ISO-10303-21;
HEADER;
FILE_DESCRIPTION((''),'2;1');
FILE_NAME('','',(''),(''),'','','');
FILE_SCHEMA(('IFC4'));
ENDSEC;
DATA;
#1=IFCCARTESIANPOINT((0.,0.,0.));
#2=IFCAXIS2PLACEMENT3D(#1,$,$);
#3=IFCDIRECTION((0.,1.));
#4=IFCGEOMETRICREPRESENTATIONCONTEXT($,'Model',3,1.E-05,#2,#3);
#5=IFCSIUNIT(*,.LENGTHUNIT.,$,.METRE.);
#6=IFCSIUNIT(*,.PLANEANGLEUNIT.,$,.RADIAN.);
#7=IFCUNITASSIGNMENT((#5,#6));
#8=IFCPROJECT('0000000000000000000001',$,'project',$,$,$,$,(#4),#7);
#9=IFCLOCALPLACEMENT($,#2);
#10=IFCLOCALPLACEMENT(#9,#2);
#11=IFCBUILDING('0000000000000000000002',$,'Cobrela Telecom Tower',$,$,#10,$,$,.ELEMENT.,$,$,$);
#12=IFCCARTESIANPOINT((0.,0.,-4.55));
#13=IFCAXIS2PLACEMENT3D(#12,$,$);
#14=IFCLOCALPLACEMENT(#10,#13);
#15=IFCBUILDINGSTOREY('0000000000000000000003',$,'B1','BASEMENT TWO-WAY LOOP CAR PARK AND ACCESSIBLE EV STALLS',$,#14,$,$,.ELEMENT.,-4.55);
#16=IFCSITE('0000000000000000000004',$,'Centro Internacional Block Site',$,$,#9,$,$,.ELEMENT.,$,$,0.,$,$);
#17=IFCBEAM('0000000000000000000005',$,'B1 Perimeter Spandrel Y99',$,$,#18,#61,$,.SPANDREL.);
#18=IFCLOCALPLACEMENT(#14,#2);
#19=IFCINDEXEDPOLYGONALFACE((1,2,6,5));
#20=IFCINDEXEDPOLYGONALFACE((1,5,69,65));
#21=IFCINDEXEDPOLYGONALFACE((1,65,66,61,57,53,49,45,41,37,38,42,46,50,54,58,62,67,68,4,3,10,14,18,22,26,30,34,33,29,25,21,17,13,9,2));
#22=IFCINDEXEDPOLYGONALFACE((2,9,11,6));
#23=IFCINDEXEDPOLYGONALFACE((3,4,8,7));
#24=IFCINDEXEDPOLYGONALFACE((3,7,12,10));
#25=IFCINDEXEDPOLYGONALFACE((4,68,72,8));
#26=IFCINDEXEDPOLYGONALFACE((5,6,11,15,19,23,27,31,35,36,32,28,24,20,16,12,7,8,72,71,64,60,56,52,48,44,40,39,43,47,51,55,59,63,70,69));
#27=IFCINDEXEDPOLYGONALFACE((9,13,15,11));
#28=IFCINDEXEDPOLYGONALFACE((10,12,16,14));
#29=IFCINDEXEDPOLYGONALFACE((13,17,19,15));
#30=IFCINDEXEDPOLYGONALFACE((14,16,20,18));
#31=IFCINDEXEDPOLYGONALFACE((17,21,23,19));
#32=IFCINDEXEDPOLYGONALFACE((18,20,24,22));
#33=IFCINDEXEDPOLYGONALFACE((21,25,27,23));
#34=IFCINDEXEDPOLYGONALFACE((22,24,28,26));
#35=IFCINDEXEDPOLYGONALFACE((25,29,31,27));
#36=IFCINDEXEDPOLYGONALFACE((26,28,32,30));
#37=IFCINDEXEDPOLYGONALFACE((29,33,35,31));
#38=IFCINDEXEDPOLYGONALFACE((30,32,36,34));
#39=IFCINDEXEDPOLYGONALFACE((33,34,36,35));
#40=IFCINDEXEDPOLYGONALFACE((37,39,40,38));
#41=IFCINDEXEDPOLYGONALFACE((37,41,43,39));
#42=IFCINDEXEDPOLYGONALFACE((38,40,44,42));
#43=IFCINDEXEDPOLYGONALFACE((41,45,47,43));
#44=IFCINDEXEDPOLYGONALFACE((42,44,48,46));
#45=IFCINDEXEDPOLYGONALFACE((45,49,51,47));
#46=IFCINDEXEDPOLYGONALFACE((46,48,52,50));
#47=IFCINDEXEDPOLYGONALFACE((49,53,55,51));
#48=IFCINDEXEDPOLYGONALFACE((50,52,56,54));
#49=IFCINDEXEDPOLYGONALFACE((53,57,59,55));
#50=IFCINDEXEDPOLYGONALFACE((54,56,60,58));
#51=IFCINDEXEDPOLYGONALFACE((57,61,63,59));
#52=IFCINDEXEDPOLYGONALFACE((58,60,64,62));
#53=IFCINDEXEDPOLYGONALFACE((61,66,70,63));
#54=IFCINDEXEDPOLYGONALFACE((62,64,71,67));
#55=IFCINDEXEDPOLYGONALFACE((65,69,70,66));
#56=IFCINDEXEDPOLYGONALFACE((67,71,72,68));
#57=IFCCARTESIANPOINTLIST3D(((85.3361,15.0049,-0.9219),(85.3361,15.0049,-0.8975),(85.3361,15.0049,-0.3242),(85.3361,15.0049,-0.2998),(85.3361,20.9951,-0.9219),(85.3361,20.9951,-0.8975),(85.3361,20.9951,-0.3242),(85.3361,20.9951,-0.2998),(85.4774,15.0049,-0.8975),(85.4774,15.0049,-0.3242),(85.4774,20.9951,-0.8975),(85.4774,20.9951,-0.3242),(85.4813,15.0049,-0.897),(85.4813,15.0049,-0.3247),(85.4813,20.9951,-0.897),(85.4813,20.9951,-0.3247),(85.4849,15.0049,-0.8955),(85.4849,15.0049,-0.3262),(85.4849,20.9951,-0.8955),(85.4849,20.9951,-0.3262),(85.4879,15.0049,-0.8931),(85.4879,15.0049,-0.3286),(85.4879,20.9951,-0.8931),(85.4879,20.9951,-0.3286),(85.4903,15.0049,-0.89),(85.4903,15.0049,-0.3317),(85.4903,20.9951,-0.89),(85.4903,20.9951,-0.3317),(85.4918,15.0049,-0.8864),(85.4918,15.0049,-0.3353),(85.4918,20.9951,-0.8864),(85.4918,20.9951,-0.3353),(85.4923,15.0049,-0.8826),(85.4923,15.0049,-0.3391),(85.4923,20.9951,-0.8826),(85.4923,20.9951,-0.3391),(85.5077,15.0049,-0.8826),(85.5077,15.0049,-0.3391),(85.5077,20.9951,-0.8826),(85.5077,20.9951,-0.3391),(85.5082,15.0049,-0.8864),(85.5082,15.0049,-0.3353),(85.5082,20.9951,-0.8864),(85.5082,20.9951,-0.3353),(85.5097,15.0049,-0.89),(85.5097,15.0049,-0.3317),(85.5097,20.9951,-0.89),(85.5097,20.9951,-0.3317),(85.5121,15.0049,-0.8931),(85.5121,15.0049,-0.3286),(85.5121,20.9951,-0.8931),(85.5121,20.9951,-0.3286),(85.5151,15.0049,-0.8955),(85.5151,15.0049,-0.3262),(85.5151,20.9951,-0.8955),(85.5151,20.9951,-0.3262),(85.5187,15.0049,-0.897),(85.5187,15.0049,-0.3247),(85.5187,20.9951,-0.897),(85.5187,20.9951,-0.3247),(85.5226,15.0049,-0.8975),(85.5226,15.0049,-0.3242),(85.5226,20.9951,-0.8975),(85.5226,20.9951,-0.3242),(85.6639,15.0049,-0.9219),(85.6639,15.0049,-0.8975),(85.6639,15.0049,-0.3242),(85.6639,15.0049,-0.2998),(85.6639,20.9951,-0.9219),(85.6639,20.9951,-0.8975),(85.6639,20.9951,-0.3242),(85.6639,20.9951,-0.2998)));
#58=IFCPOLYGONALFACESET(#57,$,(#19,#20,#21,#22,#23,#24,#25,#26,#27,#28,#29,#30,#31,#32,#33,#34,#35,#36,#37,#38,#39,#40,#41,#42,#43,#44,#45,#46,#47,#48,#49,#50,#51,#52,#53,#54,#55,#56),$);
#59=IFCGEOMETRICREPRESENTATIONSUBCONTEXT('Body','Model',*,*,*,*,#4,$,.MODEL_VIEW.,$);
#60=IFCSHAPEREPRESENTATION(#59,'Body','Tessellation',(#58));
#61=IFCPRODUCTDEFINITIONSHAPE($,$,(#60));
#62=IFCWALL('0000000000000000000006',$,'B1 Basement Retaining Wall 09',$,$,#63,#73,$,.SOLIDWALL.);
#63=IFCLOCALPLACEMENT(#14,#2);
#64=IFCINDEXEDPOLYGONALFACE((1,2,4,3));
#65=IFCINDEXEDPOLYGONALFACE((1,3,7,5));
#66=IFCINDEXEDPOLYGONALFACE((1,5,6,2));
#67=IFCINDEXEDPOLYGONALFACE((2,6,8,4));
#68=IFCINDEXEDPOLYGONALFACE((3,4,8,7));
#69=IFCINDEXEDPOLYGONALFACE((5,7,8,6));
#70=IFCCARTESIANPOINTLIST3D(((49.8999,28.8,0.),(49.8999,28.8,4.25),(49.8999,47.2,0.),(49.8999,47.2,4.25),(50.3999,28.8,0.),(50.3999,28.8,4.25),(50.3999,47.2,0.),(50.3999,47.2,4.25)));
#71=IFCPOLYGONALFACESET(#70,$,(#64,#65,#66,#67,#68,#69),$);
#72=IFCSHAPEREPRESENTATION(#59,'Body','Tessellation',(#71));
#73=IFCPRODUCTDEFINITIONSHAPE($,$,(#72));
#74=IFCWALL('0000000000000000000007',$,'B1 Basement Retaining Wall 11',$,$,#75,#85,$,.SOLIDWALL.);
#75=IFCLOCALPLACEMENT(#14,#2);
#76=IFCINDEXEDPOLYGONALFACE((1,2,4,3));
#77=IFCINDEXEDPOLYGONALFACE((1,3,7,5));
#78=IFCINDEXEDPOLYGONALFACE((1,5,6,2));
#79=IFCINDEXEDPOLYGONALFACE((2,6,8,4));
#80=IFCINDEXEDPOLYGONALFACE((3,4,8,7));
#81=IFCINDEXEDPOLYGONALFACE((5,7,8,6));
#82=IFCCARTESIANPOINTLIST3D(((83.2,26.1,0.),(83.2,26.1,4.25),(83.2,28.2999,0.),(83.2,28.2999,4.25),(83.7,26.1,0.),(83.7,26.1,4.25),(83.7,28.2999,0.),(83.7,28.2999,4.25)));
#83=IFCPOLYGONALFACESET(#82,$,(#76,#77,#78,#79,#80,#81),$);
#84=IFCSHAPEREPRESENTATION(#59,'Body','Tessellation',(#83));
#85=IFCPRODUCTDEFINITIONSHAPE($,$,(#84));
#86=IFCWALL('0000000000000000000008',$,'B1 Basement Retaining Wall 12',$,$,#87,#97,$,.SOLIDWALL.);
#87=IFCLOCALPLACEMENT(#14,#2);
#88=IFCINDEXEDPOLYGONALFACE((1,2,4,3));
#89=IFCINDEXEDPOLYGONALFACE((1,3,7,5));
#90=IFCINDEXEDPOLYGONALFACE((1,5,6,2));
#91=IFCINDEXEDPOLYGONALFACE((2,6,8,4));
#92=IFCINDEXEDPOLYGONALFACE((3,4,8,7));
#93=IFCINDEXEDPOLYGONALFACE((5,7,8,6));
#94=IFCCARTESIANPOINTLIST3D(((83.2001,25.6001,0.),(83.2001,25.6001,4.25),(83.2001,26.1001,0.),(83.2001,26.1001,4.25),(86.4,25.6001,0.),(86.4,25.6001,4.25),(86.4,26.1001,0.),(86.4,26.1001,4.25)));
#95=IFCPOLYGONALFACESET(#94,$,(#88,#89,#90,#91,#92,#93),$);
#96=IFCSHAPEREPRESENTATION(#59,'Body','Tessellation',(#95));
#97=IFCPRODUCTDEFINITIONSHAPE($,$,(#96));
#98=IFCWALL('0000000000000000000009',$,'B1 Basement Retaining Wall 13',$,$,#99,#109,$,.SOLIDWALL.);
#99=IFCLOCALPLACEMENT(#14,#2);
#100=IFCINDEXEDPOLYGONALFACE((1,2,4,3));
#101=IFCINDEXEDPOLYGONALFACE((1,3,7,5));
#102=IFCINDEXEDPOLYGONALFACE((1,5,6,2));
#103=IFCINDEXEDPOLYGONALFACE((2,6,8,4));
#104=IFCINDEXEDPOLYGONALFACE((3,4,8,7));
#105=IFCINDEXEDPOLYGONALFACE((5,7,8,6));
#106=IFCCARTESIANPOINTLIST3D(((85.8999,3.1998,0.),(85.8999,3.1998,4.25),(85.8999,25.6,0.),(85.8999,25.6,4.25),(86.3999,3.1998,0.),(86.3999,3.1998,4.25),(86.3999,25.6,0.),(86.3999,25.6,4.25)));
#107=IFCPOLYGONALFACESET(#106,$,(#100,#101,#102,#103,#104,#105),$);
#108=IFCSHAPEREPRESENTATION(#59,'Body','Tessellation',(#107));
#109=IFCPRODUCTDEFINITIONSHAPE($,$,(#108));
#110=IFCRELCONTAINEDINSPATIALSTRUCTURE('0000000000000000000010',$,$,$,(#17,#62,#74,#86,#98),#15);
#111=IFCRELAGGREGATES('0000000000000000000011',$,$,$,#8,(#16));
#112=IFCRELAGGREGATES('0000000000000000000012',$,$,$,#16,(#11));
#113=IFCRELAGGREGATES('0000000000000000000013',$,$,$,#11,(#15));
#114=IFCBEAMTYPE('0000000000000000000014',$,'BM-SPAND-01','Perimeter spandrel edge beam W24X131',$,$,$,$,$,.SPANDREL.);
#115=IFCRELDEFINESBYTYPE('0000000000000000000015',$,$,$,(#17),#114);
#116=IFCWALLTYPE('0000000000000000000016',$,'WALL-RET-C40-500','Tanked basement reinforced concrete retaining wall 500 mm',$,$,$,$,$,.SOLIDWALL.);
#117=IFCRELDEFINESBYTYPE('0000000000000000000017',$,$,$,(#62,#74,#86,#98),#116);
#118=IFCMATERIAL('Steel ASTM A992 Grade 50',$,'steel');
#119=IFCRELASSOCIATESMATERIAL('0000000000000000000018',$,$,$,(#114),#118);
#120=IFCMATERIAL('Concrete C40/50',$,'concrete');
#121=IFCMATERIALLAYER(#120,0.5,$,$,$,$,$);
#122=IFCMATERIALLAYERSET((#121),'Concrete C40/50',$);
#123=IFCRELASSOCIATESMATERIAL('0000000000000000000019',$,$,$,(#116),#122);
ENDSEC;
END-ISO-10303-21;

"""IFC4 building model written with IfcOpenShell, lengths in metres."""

from ifc_helpers import new_model, si_unit, direction, frame, frame_2d, origin, origin_2d, place, context, subcontext, project, spatial, rectangle, i_section, extrude, material, layer, layer_set, material_profile, profile_set, type_object, element, save


model = new_model("IFC4")

# Units and contexts
model_context = context("Model", 3, precision=1e-05, world=origin(), true_north=direction((0.0, 1.0)))
body_context = subcontext(model_context, "Body", "Model", "MODEL_VIEW")
ifc_project = project(units=[si_unit("LENGTHUNIT", "METRE"), si_unit("PLANEANGLEUNIT", "RADIAN")], contexts=[model_context])

# Site, building, storey
site_placement = place(None, origin())
site = spatial("IfcSite", under=ifc_project, at=site_placement, Name="Centro Internacional Block Site", CompositionType="ELEMENT", RefElevation=0.0)
building_placement = place(site_placement, origin())
building = spatial("IfcBuilding", under=site, at=building_placement, Name="Cobrela Telecom Tower", CompositionType="ELEMENT")
storey_placement = place(building_placement, frame((0.0, 0.0, -4.55)))
storey = spatial("IfcBuildingStorey", under=building, at=storey_placement, Name="B1", Description="BASEMENT TWO-WAY LOOP CAR PARK AND ACCESSIBLE EV STALLS", CompositionType="ELEMENT", Elevation=-4.55)

# Beam
ifc_material_1 = material(Name="Steel ASTM A992 Grade 50", Category="steel")
ifc_material_profile_1 = material_profile(ifc_material_1, i_section(OverallWidth=0.3279, OverallDepth=0.6221, WebThickness=0.0154, FlangeThickness=0.0244, FilletRadius=0.0149, at=origin_2d()), Name="W24X131")
ifc_profile_set_1 = profile_set([ifc_material_profile_1], Name="Steel ASTM A992 Grade 50")
beam_type_1 = type_object("IfcBeamType", Name="BM-SPAND-01", Description="Perimeter spandrel edge beam W24X131", PredefinedType="SPANDREL", material=ifc_profile_set_1)
beam_1_placement = place(storey_placement, frame((85.5, 15.0049, -0.6108), z_axis=(0.0, 1.0, 0.0), x_axis=(-1.0, 0.0, 0.0)))
element("IfcBeam", 1, at=beam_1_placement, inside=storey, type_object=beam_type_1, Name="B1 Perimeter Spandrel Y99", PredefinedType="SPANDREL", context=body_context, shape_type="SweptSolid", body=[
    extrude(i_section(OverallWidth=0.3279, OverallDepth=0.6221, WebThickness=0.0154, FlangeThickness=0.0244, FilletRadius=0.0149, at=origin_2d()), origin(), (0.0, 0.0, 1.0), 5.9902),
])

# Walls
ifc_material_2 = material(Name="Concrete C40/50", Category="concrete")
ifc_layer = layer(ifc_material_2, 0.5)
ifc_layer_set = layer_set([ifc_layer], Name="Concrete C40/50")
wall_type = type_object("IfcWallType", Name="WALL-RET-C40-500", Description="Tanked basement reinforced concrete retaining wall 500 mm", PredefinedType="SOLIDWALL", material=ifc_layer_set)
wall_1_placement = place(storey_placement, frame((50.1499, 47.2, 0.0), z_axis=(0.0, 0.0, 1.0), x_axis=(0.0, -1.0, 0.0)))
element("IfcWall", 2, at=wall_1_placement, inside=storey, type_object=wall_type, Name="B1 Basement Retaining Wall 09", PredefinedType="SOLIDWALL", context=body_context, shape_type="SweptSolid", body=[
    extrude(rectangle(XDim=18.3999, YDim=0.5, at=frame_2d((9.2, 0.0))), origin(), (0.0, 0.0, 1.0), 4.25),
])
wall_2_placement = place(storey_placement, frame((83.45, 28.3, 0.0), z_axis=(0.0, 0.0, 1.0), x_axis=(0.0, -1.0, 0.0)))
element("IfcWall", 3, at=wall_2_placement, inside=storey, type_object=wall_type, Name="B1 Basement Retaining Wall 11", PredefinedType="SOLIDWALL", context=body_context, shape_type="SweptSolid", body=[
    extrude(rectangle(XDim=2.2, YDim=0.5, at=frame_2d((1.1001, 0.0))), origin(), (0.0, 0.0, 1.0), 4.25),
])
wall_3_placement = place(storey_placement, frame((83.2, 25.8501, 0.0), z_axis=(0.0, 0.0, 1.0), x_axis=(1.0, 0.0, 0.0)))
element("IfcWall", 4, at=wall_3_placement, inside=storey, type_object=wall_type, Name="B1 Basement Retaining Wall 12", PredefinedType="SOLIDWALL", context=body_context, shape_type="SweptSolid", body=[
    extrude(rectangle(XDim=3.2, YDim=0.5, at=frame_2d((1.6001, 0.0))), origin(), (0.0, 0.0, 1.0), 4.25),
])
wall_4_placement = place(storey_placement, frame((86.1499, 25.6001, 0.0), z_axis=(0.0, 0.0, 1.0), x_axis=(0.0, -1.0, 0.0)))
element("IfcWall", 5, at=wall_4_placement, inside=storey, type_object=wall_type, Name="B1 Basement Retaining Wall 13", PredefinedType="SOLIDWALL", context=body_context, shape_type="SweptSolid", body=[
    extrude(rectangle(XDim=22.4001, YDim=0.5, at=frame_2d((11.2002, 0.0))), origin(), (0.0, 0.0, 1.0), 4.25),
])

save(model, "model.ifc")
